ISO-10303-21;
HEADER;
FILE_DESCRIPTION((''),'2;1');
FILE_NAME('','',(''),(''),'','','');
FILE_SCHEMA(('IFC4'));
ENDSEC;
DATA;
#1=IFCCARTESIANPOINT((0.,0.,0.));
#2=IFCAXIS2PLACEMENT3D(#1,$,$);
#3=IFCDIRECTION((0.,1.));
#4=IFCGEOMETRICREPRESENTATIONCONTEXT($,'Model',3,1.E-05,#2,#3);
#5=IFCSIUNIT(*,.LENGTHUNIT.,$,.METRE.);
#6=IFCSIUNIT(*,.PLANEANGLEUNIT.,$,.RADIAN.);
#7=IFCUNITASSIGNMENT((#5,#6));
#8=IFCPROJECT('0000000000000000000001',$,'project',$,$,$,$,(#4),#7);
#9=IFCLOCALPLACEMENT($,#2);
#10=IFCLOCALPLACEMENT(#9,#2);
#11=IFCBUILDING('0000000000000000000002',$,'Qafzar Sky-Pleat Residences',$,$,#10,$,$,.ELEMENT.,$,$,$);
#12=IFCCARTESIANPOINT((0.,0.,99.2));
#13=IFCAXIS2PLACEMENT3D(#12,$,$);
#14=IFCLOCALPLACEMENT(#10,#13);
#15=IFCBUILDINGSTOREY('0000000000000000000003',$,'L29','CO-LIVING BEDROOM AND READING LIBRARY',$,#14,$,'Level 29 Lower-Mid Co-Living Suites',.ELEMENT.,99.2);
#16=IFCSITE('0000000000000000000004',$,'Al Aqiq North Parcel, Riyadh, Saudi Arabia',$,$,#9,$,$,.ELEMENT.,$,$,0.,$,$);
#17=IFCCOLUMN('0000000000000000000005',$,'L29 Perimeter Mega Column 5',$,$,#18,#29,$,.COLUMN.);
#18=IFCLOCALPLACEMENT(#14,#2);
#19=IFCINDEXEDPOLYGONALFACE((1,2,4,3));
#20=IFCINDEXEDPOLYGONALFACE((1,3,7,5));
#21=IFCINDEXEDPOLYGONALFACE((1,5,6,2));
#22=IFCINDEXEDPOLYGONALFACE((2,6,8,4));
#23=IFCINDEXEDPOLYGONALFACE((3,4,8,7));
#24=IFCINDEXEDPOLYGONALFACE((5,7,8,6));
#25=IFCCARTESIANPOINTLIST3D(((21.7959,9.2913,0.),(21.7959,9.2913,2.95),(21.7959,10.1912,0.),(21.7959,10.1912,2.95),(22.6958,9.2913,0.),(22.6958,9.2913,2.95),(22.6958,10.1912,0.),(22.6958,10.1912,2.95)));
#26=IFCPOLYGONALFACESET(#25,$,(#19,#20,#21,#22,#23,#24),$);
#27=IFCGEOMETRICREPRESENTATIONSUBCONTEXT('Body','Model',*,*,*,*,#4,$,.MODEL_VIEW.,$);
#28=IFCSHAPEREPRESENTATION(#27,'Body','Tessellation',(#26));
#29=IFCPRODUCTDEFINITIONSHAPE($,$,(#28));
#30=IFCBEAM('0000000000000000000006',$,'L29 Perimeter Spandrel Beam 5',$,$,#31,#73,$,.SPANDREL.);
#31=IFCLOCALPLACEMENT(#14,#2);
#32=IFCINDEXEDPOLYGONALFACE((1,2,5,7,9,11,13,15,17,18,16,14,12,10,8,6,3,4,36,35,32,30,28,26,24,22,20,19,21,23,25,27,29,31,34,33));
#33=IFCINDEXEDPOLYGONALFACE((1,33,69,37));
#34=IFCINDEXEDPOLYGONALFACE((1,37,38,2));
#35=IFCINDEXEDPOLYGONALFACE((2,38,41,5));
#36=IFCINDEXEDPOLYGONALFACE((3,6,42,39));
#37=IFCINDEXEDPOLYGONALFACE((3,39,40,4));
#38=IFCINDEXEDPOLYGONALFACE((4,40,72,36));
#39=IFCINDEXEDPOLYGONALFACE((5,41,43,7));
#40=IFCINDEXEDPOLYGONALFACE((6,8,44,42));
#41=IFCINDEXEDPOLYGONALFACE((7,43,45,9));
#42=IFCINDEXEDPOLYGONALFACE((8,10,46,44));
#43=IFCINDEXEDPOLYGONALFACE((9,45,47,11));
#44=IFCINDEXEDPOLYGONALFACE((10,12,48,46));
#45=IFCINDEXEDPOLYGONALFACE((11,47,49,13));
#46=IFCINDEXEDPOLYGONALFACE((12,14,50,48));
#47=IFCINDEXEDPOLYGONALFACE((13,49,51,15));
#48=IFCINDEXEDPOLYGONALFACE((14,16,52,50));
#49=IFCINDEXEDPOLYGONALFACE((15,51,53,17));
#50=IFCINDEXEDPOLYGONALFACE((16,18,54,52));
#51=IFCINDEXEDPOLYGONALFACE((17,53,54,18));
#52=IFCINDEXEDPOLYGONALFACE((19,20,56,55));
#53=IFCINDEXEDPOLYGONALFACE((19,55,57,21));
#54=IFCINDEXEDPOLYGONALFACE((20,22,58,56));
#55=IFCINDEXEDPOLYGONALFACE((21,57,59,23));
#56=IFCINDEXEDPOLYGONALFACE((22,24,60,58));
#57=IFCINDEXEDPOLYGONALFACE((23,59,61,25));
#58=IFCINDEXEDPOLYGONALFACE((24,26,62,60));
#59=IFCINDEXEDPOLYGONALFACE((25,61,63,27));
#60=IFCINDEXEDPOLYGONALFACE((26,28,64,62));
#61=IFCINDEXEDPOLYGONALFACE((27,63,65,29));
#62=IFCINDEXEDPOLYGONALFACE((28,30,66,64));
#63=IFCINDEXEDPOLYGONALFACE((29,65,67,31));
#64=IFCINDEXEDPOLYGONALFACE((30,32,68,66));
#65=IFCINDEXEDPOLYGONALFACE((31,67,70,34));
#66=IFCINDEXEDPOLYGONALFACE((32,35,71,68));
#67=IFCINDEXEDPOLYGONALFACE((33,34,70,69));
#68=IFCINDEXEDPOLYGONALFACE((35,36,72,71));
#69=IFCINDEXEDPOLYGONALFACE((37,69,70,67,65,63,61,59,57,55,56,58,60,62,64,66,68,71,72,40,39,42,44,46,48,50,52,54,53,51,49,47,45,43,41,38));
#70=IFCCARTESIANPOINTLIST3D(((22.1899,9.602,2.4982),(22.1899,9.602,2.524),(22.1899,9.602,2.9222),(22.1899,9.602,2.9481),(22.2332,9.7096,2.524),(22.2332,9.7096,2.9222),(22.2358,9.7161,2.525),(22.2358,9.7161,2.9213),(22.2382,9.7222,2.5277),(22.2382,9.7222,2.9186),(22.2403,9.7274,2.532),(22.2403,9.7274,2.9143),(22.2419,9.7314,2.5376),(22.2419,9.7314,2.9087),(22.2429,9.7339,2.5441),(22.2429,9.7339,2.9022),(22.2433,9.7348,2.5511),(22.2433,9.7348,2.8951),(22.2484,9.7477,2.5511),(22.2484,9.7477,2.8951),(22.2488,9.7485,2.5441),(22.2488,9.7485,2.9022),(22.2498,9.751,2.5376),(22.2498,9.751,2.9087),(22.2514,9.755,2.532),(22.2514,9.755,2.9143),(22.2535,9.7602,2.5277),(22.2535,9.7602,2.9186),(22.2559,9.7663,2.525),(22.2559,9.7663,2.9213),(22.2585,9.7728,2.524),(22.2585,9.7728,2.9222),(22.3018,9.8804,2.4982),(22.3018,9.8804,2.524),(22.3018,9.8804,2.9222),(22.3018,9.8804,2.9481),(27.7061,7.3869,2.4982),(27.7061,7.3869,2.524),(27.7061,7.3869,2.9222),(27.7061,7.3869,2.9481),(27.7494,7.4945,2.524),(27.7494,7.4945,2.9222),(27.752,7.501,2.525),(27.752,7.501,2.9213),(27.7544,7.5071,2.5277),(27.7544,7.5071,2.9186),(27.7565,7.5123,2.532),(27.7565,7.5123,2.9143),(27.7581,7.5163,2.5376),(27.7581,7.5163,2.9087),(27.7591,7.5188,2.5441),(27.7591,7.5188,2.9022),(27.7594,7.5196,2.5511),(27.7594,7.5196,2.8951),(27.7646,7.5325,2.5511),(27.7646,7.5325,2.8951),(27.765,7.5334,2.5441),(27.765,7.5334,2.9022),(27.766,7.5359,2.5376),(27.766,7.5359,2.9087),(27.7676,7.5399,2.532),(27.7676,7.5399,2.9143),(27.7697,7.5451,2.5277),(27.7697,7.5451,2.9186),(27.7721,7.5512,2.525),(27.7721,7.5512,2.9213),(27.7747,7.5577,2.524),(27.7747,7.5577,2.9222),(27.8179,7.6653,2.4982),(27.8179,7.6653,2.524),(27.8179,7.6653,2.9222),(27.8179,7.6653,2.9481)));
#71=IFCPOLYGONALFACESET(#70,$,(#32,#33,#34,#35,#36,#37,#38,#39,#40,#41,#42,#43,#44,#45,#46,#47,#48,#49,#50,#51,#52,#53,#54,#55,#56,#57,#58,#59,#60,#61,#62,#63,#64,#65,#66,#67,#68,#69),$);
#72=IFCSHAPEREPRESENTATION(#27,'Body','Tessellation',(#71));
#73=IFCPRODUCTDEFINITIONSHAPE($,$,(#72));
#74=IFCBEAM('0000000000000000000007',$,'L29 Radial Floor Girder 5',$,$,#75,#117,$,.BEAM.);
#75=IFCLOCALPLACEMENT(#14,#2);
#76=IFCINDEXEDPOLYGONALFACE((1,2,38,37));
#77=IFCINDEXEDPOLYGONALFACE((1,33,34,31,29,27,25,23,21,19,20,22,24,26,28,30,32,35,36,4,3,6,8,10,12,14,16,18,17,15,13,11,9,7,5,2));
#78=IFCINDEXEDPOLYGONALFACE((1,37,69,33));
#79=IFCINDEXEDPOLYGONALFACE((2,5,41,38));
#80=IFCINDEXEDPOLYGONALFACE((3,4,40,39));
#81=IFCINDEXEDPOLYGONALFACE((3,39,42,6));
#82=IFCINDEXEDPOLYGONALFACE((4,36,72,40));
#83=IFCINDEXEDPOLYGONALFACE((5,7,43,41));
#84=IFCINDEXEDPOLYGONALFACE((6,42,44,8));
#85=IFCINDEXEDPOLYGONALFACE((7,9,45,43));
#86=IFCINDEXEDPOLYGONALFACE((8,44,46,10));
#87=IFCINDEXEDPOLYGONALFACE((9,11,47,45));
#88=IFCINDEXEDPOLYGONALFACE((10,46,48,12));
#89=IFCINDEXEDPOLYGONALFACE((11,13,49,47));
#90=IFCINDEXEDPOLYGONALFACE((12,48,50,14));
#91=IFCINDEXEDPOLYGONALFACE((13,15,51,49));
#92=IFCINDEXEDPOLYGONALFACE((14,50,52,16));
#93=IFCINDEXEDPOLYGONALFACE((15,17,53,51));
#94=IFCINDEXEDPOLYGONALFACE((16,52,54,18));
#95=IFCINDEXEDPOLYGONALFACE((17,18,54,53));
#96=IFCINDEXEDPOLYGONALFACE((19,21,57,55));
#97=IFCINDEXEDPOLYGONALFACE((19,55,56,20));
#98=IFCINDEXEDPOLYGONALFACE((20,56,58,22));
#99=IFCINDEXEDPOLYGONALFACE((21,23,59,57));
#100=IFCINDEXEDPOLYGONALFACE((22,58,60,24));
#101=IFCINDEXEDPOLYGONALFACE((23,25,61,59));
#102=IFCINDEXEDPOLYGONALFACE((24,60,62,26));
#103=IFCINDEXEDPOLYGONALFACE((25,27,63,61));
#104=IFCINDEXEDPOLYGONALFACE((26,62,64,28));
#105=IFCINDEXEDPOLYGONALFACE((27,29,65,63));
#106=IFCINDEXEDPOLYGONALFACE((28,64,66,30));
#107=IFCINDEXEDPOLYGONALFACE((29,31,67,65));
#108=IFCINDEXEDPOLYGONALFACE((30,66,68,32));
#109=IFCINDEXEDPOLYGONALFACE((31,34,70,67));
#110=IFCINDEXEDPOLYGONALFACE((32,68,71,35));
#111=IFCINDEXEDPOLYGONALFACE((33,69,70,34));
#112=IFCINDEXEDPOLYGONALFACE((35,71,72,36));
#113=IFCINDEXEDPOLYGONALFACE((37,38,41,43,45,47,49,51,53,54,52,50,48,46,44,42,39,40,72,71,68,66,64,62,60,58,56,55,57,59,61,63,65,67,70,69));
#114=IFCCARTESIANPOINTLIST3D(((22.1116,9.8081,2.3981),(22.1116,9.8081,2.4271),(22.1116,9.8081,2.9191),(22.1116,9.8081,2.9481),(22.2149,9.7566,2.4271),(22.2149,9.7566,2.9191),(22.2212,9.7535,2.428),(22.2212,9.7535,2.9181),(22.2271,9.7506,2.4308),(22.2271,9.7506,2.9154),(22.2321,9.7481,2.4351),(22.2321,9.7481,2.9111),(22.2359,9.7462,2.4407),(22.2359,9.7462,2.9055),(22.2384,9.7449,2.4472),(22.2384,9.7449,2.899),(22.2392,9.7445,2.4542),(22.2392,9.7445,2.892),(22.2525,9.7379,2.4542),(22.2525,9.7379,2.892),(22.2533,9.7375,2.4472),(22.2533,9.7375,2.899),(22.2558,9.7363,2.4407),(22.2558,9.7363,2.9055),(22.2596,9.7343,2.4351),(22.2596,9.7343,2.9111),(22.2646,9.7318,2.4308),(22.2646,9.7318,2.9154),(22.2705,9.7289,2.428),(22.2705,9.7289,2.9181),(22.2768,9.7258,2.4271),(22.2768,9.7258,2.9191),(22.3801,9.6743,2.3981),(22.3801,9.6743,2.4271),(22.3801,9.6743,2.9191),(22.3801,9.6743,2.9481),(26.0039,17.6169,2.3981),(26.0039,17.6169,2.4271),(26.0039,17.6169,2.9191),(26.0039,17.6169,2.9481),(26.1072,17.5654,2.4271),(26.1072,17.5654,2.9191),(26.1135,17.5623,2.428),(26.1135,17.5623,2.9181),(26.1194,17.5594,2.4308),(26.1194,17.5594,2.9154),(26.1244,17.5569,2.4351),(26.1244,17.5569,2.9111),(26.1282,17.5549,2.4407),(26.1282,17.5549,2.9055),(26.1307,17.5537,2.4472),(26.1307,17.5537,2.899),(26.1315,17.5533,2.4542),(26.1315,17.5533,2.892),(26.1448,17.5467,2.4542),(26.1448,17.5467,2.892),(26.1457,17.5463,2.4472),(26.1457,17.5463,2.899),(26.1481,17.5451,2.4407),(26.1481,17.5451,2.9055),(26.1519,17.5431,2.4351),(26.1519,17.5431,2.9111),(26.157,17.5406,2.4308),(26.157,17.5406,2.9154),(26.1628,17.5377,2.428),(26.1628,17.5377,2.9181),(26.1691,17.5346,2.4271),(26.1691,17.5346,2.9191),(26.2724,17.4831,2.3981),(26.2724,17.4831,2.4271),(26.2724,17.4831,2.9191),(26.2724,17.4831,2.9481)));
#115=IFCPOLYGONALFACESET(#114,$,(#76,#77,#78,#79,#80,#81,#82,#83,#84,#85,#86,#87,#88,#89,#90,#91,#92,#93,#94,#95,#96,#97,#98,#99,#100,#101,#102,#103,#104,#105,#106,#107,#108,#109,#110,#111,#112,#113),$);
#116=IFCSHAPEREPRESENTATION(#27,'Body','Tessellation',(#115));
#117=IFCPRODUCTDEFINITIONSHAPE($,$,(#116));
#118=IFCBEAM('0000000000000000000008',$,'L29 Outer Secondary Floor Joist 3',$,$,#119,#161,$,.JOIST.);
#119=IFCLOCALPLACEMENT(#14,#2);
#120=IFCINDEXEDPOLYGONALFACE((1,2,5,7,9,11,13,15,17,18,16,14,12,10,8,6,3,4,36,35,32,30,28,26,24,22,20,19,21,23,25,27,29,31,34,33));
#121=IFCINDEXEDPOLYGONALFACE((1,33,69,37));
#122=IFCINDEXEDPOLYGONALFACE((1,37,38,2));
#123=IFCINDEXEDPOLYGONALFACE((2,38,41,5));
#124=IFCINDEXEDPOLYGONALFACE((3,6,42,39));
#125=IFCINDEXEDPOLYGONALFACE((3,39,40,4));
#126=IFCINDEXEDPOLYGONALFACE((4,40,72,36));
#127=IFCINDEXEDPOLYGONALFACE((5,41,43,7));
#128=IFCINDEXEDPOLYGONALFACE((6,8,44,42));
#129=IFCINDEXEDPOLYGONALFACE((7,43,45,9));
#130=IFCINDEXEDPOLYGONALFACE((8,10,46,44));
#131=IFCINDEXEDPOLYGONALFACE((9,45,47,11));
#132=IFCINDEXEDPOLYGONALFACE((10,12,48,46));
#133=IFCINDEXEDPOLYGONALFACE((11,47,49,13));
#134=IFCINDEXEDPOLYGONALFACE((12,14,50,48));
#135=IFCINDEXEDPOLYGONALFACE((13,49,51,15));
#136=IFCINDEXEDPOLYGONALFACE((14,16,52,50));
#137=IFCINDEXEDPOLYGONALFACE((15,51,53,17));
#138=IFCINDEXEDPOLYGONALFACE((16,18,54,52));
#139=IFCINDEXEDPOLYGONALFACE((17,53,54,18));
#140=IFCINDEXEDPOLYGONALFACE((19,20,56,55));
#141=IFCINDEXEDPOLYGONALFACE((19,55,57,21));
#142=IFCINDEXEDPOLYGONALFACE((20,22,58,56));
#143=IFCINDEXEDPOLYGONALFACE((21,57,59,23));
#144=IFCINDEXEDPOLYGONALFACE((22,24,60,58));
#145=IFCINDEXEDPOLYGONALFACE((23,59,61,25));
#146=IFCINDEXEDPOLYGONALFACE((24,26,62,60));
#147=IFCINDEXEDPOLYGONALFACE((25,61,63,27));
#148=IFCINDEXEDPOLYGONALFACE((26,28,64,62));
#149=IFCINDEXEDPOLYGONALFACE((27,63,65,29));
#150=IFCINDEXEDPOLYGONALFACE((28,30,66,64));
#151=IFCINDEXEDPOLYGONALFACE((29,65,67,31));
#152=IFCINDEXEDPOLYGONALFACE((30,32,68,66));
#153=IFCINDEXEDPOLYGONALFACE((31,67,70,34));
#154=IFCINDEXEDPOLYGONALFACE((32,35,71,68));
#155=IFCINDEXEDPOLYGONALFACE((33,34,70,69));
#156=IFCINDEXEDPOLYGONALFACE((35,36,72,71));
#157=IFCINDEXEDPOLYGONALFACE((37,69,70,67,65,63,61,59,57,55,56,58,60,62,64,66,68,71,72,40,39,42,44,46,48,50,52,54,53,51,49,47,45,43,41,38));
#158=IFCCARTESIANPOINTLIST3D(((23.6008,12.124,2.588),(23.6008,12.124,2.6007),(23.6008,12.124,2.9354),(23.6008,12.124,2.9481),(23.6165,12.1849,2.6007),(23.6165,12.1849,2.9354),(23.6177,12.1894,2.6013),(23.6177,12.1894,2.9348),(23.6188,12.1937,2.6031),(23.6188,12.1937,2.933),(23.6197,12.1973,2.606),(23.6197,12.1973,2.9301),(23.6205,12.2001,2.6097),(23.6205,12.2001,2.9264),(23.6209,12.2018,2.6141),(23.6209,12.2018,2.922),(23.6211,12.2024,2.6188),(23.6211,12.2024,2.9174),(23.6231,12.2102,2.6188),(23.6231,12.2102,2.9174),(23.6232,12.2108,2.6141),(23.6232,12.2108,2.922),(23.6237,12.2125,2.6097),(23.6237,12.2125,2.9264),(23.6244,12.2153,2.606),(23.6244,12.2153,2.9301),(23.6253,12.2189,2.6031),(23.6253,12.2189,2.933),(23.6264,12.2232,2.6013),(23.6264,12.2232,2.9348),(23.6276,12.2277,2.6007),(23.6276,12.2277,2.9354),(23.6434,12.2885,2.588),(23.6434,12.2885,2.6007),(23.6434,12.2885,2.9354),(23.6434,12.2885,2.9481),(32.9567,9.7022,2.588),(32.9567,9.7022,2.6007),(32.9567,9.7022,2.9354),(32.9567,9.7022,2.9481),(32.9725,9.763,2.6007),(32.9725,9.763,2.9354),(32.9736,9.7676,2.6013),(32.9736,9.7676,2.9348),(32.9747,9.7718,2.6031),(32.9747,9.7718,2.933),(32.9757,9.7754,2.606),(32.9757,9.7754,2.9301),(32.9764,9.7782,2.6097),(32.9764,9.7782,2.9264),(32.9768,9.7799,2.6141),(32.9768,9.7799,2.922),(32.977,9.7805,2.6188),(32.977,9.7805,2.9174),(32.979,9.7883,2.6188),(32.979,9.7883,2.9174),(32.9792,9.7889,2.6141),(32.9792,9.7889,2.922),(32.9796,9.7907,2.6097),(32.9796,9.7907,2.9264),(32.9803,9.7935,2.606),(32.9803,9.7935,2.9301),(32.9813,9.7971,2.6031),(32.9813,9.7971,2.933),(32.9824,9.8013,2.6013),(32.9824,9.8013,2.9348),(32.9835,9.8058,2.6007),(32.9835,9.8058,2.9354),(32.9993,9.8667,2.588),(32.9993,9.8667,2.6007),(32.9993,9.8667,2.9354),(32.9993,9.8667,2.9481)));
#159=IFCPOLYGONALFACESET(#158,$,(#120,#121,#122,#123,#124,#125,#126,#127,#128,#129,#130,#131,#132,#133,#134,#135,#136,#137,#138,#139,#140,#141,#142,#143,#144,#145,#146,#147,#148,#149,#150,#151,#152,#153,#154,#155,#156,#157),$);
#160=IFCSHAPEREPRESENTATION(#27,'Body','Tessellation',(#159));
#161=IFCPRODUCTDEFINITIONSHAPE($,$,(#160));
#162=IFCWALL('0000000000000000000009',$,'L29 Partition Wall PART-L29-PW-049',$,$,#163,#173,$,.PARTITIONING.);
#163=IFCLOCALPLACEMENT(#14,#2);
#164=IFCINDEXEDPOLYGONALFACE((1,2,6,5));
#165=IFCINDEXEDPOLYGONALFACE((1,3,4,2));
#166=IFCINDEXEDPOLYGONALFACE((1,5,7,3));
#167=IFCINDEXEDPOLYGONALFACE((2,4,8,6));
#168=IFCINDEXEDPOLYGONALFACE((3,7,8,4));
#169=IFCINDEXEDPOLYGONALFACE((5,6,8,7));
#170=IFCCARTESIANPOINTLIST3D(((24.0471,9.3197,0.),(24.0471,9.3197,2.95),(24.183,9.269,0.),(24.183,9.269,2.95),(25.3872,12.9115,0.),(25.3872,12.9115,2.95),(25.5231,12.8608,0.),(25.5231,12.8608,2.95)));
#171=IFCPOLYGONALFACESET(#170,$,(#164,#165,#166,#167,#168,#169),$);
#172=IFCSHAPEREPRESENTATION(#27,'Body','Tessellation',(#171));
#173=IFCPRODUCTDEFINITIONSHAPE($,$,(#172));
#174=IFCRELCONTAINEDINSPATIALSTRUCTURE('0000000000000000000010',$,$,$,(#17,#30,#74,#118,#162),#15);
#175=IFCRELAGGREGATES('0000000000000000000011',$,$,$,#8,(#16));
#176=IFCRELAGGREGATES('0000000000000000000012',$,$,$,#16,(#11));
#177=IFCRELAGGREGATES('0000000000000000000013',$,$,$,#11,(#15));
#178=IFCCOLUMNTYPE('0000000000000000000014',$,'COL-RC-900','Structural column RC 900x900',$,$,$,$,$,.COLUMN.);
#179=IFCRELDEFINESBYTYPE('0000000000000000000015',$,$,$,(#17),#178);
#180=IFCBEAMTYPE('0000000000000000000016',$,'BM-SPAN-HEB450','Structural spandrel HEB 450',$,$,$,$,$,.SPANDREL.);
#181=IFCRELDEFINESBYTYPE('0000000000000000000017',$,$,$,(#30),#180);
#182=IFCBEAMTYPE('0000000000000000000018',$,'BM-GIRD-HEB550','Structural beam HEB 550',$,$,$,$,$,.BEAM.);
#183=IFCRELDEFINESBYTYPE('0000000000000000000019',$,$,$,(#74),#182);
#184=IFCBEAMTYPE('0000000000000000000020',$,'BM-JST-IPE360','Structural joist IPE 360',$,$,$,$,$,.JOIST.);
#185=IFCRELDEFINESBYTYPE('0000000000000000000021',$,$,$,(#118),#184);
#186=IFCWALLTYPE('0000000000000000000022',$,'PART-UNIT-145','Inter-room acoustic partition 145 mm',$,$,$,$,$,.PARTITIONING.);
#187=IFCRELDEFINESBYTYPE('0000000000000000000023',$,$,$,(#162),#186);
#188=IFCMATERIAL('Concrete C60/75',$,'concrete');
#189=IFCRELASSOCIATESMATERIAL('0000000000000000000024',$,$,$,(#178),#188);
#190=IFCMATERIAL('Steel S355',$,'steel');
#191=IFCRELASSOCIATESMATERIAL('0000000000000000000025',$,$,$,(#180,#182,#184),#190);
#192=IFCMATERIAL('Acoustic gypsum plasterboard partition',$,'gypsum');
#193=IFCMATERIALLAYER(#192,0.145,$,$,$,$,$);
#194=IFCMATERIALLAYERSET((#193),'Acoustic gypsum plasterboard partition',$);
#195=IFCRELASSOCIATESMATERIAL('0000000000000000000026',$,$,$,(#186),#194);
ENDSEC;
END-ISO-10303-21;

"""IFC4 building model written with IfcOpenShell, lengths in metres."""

from ifc_helpers import new_model, si_unit, direction, frame, frame_2d, origin, origin_2d, place, context, subcontext, project, spatial, rectangle, i_section, extrude, source, transform, mapped, material, layer, layer_set, material_profile, profile_set, type_object, element, save


model = new_model("IFC4")

# Units and contexts
model_context = context("Model", 3, precision=1e-05, world=origin(), true_north=direction((0.0, 1.0)))
body_context = subcontext(model_context, "Body", "Model", "MODEL_VIEW")
ifc_project = project(units=[si_unit("LENGTHUNIT", "METRE"), si_unit("PLANEANGLEUNIT", "RADIAN")], contexts=[model_context])

# Site, building, storey
site_placement = place(None, origin())
site = spatial("IfcSite", under=ifc_project, at=site_placement, Name="Al Aqiq North Parcel, Riyadh, Saudi Arabia", CompositionType="ELEMENT", RefElevation=0.0)
building_placement = place(site_placement, origin())
building = spatial("IfcBuilding", under=site, at=building_placement, Name="Qafzar Sky-Pleat Residences", CompositionType="ELEMENT")
storey_placement = place(building_placement, frame((0.0, 0.0, 99.2)))
storey = spatial("IfcBuildingStorey", under=building, at=storey_placement, Name="L29", Description="CO-LIVING BEDROOM AND READING LIBRARY", LongName="Level 29 Lower-Mid Co-Living Suites", CompositionType="ELEMENT", Elevation=99.2)

# Column
ifc_material_1 = material(Name="Concrete C60/75", Category="concrete")
ifc_material_profile_1 = material_profile(ifc_material_1, rectangle(XDim=0.8999, YDim=0.8999, at=origin_2d()), Name="RC 900x900")
ifc_profile_set_1 = profile_set([ifc_material_profile_1], Name="Concrete C60/75")
column_type = type_object("IfcColumnType", Name="COL-RC-900", Description="Structural column RC 900x900", PredefinedType="COLUMN", material=ifc_profile_set_1)
shared_shape_1 = source(origin(), body_context, "Body", "SweptSolid", [
    extrude(rectangle(XDim=0.8999, YDim=0.8999, at=origin_2d()), origin(), (0.0, 0.0, 1.0), 2.95),
])
column_placement = place(storey_placement, frame((22.2458, 9.7412, 0.0), z_axis=(0.0, 0.0, 1.0), x_axis=(1.0, 0.0, 0.0)))
element("IfcColumn", 1, at=column_placement, inside=storey, type_object=column_type, Name="L29 Perimeter Mega Column 5", PredefinedType="COLUMN", context=body_context, shape_type="MappedRepresentation", body=[
    mapped(shared_shape_1, transform((0.0, 0.0, 0.0), x_axis=(1.0, 0.0, 0.0), y_axis=(0.0, 1.0, 0.0), z_axis=(0.0, 0.0, 1.0), scale=1.0)),
])

# Beams
ifc_material_2 = material(Name="Steel S355", Category="steel")
ifc_material_profile_2 = material_profile(ifc_material_2, i_section(OverallWidth=0.3, OverallDepth=0.45, WebThickness=0.0139, FlangeThickness=0.0259, FilletRadius=0.0271, at=origin_2d()), Name="HEB 450")
ifc_profile_set_2 = profile_set([ifc_material_profile_2], Name="Steel S355")
beam_type_1 = type_object("IfcBeamType", Name="BM-SPAN-HEB450", Description="Structural spandrel HEB 450", PredefinedType="SPANDREL", material=ifc_profile_set_2)
shared_shape_2 = source(origin(), body_context, "Body", "SweptSolid", [
    extrude(i_section(OverallWidth=0.3, OverallDepth=0.45, WebThickness=0.0139, FlangeThickness=0.0259, FilletRadius=0.0271, at=origin_2d()), origin(), (0.0, 0.0, 1.0), 5.9443),
])
beam_1_placement = place(storey_placement, frame((22.2458, 9.7412, 2.7231), z_axis=(0.927974, -0.372644, 0.0), x_axis=(0.372644, 0.927974, 0.0)))
element("IfcBeam", 2, at=beam_1_placement, inside=storey, type_object=beam_type_1, Name="L29 Perimeter Spandrel Beam 5", PredefinedType="SPANDREL", context=body_context, shape_type="MappedRepresentation", body=[
    mapped(shared_shape_2, transform((0.0, 0.0, 0.0), x_axis=(1.0, 0.0, 0.0), y_axis=(0.0, 1.0, 0.0), z_axis=(0.0, 0.0, 1.0), scale=1.0)),
])
ifc_material_profile_3 = material_profile(ifc_material_2, i_section(OverallWidth=0.3, OverallDepth=0.55, WebThickness=0.0149, FlangeThickness=0.0291, FilletRadius=0.0271, at=origin_2d()), Name="HEB 550")
ifc_profile_set_3 = profile_set([ifc_material_profile_3], Name="Steel S355")
beam_type_2 = type_object("IfcBeamType", Name="BM-GIRD-HEB550", Description="Structural beam HEB 550", PredefinedType="BEAM", material=ifc_profile_set_3)
shared_shape_3 = source(origin(), body_context, "Body", "SweptSolid", [
    extrude(i_section(OverallWidth=0.3, OverallDepth=0.55, WebThickness=0.0149, FlangeThickness=0.0291, FilletRadius=0.0271, at=origin_2d()), origin(), (0.0, 0.0, 1.0), 8.7251),
])
beam_2_placement = place(storey_placement, frame((22.2458, 9.7412, 2.6731), z_axis=(0.446105, 0.894981, 0.0), x_axis=(-0.894981, 0.446105, 0.0)))
element("IfcBeam", 3, at=beam_2_placement, inside=storey, type_object=beam_type_2, Name="L29 Radial Floor Girder 5", PredefinedType="BEAM", context=body_context, shape_type="MappedRepresentation", body=[
    mapped(shared_shape_3, transform((0.0, 0.0, 0.0), x_axis=(1.0, 0.0, 0.0), y_axis=(0.0, 1.0, 0.0), z_axis=(0.0, 0.0, 1.0), scale=1.0)),
])
ifc_material_profile_4 = material_profile(ifc_material_2, i_section(OverallWidth=0.1699, OverallDepth=0.3601, WebThickness=0.0081, FlangeThickness=0.0127, FilletRadius=0.0181, at=origin_2d()), Name="IPE 360")
ifc_profile_set_4 = profile_set([ifc_material_profile_4], Name="Steel S355")
beam_type_3 = type_object("IfcBeamType", Name="BM-JST-IPE360", Description="Structural joist IPE 360", PredefinedType="JOIST", material=ifc_profile_set_4)
shared_shape_4 = source(origin(), body_context, "Body", "SweptSolid", [
    extrude(i_section(OverallWidth=0.1699, OverallDepth=0.3601, WebThickness=0.0081, FlangeThickness=0.0127, FilletRadius=0.0181, at=origin_2d()), origin(), (0.0, 0.0, 1.0), 9.6643),
])
beam_3_placement = place(storey_placement, frame((23.6221, 12.2063, 2.7681), z_axis=(0.968091, -0.250599, 0.0), x_axis=(0.250599, 0.968091, 0.0)))
element("IfcBeam", 4, at=beam_3_placement, inside=storey, type_object=beam_type_3, Name="L29 Outer Secondary Floor Joist 3", PredefinedType="JOIST", context=body_context, shape_type="MappedRepresentation", body=[
    mapped(shared_shape_4, transform((0.0, 0.0, 0.0), x_axis=(1.0, 0.0, 0.0), y_axis=(0.0, 1.0, 0.0), z_axis=(0.0, 0.0, 1.0), scale=1.0)),
])

# Wall
ifc_material_3 = material(Name="Acoustic gypsum plasterboard partition", Category="gypsum")
ifc_layer_1 = layer(ifc_material_3, 0.145)
ifc_layer_set_1 = layer_set([ifc_layer_1], Name="Acoustic gypsum plasterboard partition")
wall_type_1 = type_object("IfcWallType", Name="PART-UNIT-145", Description="Inter-room acoustic partition 145 mm", PredefinedType="PARTITIONING", material=ifc_layer_set_1)
wall_1_placement = place(storey_placement, frame((24.115, 9.2942, 0.0), z_axis=(0.0, 0.0, 1.0), x_axis=(0.34956, 0.936914, 0.0)))
element("IfcWall", 5, at=wall_1_placement, inside=storey, type_object=wall_type_1, Name="L29 Partition Wall PART-L29-PW-049", PredefinedType="PARTITIONING", context=body_context, shape_type="SweptSolid", body=[
    extrude(rectangle(XDim=3.8337, YDim=0.145, at=frame_2d((1.917, 0.0))), origin(), (0.0, 0.0, 1.0), 2.95),
])

save(model, "model.ifc")
